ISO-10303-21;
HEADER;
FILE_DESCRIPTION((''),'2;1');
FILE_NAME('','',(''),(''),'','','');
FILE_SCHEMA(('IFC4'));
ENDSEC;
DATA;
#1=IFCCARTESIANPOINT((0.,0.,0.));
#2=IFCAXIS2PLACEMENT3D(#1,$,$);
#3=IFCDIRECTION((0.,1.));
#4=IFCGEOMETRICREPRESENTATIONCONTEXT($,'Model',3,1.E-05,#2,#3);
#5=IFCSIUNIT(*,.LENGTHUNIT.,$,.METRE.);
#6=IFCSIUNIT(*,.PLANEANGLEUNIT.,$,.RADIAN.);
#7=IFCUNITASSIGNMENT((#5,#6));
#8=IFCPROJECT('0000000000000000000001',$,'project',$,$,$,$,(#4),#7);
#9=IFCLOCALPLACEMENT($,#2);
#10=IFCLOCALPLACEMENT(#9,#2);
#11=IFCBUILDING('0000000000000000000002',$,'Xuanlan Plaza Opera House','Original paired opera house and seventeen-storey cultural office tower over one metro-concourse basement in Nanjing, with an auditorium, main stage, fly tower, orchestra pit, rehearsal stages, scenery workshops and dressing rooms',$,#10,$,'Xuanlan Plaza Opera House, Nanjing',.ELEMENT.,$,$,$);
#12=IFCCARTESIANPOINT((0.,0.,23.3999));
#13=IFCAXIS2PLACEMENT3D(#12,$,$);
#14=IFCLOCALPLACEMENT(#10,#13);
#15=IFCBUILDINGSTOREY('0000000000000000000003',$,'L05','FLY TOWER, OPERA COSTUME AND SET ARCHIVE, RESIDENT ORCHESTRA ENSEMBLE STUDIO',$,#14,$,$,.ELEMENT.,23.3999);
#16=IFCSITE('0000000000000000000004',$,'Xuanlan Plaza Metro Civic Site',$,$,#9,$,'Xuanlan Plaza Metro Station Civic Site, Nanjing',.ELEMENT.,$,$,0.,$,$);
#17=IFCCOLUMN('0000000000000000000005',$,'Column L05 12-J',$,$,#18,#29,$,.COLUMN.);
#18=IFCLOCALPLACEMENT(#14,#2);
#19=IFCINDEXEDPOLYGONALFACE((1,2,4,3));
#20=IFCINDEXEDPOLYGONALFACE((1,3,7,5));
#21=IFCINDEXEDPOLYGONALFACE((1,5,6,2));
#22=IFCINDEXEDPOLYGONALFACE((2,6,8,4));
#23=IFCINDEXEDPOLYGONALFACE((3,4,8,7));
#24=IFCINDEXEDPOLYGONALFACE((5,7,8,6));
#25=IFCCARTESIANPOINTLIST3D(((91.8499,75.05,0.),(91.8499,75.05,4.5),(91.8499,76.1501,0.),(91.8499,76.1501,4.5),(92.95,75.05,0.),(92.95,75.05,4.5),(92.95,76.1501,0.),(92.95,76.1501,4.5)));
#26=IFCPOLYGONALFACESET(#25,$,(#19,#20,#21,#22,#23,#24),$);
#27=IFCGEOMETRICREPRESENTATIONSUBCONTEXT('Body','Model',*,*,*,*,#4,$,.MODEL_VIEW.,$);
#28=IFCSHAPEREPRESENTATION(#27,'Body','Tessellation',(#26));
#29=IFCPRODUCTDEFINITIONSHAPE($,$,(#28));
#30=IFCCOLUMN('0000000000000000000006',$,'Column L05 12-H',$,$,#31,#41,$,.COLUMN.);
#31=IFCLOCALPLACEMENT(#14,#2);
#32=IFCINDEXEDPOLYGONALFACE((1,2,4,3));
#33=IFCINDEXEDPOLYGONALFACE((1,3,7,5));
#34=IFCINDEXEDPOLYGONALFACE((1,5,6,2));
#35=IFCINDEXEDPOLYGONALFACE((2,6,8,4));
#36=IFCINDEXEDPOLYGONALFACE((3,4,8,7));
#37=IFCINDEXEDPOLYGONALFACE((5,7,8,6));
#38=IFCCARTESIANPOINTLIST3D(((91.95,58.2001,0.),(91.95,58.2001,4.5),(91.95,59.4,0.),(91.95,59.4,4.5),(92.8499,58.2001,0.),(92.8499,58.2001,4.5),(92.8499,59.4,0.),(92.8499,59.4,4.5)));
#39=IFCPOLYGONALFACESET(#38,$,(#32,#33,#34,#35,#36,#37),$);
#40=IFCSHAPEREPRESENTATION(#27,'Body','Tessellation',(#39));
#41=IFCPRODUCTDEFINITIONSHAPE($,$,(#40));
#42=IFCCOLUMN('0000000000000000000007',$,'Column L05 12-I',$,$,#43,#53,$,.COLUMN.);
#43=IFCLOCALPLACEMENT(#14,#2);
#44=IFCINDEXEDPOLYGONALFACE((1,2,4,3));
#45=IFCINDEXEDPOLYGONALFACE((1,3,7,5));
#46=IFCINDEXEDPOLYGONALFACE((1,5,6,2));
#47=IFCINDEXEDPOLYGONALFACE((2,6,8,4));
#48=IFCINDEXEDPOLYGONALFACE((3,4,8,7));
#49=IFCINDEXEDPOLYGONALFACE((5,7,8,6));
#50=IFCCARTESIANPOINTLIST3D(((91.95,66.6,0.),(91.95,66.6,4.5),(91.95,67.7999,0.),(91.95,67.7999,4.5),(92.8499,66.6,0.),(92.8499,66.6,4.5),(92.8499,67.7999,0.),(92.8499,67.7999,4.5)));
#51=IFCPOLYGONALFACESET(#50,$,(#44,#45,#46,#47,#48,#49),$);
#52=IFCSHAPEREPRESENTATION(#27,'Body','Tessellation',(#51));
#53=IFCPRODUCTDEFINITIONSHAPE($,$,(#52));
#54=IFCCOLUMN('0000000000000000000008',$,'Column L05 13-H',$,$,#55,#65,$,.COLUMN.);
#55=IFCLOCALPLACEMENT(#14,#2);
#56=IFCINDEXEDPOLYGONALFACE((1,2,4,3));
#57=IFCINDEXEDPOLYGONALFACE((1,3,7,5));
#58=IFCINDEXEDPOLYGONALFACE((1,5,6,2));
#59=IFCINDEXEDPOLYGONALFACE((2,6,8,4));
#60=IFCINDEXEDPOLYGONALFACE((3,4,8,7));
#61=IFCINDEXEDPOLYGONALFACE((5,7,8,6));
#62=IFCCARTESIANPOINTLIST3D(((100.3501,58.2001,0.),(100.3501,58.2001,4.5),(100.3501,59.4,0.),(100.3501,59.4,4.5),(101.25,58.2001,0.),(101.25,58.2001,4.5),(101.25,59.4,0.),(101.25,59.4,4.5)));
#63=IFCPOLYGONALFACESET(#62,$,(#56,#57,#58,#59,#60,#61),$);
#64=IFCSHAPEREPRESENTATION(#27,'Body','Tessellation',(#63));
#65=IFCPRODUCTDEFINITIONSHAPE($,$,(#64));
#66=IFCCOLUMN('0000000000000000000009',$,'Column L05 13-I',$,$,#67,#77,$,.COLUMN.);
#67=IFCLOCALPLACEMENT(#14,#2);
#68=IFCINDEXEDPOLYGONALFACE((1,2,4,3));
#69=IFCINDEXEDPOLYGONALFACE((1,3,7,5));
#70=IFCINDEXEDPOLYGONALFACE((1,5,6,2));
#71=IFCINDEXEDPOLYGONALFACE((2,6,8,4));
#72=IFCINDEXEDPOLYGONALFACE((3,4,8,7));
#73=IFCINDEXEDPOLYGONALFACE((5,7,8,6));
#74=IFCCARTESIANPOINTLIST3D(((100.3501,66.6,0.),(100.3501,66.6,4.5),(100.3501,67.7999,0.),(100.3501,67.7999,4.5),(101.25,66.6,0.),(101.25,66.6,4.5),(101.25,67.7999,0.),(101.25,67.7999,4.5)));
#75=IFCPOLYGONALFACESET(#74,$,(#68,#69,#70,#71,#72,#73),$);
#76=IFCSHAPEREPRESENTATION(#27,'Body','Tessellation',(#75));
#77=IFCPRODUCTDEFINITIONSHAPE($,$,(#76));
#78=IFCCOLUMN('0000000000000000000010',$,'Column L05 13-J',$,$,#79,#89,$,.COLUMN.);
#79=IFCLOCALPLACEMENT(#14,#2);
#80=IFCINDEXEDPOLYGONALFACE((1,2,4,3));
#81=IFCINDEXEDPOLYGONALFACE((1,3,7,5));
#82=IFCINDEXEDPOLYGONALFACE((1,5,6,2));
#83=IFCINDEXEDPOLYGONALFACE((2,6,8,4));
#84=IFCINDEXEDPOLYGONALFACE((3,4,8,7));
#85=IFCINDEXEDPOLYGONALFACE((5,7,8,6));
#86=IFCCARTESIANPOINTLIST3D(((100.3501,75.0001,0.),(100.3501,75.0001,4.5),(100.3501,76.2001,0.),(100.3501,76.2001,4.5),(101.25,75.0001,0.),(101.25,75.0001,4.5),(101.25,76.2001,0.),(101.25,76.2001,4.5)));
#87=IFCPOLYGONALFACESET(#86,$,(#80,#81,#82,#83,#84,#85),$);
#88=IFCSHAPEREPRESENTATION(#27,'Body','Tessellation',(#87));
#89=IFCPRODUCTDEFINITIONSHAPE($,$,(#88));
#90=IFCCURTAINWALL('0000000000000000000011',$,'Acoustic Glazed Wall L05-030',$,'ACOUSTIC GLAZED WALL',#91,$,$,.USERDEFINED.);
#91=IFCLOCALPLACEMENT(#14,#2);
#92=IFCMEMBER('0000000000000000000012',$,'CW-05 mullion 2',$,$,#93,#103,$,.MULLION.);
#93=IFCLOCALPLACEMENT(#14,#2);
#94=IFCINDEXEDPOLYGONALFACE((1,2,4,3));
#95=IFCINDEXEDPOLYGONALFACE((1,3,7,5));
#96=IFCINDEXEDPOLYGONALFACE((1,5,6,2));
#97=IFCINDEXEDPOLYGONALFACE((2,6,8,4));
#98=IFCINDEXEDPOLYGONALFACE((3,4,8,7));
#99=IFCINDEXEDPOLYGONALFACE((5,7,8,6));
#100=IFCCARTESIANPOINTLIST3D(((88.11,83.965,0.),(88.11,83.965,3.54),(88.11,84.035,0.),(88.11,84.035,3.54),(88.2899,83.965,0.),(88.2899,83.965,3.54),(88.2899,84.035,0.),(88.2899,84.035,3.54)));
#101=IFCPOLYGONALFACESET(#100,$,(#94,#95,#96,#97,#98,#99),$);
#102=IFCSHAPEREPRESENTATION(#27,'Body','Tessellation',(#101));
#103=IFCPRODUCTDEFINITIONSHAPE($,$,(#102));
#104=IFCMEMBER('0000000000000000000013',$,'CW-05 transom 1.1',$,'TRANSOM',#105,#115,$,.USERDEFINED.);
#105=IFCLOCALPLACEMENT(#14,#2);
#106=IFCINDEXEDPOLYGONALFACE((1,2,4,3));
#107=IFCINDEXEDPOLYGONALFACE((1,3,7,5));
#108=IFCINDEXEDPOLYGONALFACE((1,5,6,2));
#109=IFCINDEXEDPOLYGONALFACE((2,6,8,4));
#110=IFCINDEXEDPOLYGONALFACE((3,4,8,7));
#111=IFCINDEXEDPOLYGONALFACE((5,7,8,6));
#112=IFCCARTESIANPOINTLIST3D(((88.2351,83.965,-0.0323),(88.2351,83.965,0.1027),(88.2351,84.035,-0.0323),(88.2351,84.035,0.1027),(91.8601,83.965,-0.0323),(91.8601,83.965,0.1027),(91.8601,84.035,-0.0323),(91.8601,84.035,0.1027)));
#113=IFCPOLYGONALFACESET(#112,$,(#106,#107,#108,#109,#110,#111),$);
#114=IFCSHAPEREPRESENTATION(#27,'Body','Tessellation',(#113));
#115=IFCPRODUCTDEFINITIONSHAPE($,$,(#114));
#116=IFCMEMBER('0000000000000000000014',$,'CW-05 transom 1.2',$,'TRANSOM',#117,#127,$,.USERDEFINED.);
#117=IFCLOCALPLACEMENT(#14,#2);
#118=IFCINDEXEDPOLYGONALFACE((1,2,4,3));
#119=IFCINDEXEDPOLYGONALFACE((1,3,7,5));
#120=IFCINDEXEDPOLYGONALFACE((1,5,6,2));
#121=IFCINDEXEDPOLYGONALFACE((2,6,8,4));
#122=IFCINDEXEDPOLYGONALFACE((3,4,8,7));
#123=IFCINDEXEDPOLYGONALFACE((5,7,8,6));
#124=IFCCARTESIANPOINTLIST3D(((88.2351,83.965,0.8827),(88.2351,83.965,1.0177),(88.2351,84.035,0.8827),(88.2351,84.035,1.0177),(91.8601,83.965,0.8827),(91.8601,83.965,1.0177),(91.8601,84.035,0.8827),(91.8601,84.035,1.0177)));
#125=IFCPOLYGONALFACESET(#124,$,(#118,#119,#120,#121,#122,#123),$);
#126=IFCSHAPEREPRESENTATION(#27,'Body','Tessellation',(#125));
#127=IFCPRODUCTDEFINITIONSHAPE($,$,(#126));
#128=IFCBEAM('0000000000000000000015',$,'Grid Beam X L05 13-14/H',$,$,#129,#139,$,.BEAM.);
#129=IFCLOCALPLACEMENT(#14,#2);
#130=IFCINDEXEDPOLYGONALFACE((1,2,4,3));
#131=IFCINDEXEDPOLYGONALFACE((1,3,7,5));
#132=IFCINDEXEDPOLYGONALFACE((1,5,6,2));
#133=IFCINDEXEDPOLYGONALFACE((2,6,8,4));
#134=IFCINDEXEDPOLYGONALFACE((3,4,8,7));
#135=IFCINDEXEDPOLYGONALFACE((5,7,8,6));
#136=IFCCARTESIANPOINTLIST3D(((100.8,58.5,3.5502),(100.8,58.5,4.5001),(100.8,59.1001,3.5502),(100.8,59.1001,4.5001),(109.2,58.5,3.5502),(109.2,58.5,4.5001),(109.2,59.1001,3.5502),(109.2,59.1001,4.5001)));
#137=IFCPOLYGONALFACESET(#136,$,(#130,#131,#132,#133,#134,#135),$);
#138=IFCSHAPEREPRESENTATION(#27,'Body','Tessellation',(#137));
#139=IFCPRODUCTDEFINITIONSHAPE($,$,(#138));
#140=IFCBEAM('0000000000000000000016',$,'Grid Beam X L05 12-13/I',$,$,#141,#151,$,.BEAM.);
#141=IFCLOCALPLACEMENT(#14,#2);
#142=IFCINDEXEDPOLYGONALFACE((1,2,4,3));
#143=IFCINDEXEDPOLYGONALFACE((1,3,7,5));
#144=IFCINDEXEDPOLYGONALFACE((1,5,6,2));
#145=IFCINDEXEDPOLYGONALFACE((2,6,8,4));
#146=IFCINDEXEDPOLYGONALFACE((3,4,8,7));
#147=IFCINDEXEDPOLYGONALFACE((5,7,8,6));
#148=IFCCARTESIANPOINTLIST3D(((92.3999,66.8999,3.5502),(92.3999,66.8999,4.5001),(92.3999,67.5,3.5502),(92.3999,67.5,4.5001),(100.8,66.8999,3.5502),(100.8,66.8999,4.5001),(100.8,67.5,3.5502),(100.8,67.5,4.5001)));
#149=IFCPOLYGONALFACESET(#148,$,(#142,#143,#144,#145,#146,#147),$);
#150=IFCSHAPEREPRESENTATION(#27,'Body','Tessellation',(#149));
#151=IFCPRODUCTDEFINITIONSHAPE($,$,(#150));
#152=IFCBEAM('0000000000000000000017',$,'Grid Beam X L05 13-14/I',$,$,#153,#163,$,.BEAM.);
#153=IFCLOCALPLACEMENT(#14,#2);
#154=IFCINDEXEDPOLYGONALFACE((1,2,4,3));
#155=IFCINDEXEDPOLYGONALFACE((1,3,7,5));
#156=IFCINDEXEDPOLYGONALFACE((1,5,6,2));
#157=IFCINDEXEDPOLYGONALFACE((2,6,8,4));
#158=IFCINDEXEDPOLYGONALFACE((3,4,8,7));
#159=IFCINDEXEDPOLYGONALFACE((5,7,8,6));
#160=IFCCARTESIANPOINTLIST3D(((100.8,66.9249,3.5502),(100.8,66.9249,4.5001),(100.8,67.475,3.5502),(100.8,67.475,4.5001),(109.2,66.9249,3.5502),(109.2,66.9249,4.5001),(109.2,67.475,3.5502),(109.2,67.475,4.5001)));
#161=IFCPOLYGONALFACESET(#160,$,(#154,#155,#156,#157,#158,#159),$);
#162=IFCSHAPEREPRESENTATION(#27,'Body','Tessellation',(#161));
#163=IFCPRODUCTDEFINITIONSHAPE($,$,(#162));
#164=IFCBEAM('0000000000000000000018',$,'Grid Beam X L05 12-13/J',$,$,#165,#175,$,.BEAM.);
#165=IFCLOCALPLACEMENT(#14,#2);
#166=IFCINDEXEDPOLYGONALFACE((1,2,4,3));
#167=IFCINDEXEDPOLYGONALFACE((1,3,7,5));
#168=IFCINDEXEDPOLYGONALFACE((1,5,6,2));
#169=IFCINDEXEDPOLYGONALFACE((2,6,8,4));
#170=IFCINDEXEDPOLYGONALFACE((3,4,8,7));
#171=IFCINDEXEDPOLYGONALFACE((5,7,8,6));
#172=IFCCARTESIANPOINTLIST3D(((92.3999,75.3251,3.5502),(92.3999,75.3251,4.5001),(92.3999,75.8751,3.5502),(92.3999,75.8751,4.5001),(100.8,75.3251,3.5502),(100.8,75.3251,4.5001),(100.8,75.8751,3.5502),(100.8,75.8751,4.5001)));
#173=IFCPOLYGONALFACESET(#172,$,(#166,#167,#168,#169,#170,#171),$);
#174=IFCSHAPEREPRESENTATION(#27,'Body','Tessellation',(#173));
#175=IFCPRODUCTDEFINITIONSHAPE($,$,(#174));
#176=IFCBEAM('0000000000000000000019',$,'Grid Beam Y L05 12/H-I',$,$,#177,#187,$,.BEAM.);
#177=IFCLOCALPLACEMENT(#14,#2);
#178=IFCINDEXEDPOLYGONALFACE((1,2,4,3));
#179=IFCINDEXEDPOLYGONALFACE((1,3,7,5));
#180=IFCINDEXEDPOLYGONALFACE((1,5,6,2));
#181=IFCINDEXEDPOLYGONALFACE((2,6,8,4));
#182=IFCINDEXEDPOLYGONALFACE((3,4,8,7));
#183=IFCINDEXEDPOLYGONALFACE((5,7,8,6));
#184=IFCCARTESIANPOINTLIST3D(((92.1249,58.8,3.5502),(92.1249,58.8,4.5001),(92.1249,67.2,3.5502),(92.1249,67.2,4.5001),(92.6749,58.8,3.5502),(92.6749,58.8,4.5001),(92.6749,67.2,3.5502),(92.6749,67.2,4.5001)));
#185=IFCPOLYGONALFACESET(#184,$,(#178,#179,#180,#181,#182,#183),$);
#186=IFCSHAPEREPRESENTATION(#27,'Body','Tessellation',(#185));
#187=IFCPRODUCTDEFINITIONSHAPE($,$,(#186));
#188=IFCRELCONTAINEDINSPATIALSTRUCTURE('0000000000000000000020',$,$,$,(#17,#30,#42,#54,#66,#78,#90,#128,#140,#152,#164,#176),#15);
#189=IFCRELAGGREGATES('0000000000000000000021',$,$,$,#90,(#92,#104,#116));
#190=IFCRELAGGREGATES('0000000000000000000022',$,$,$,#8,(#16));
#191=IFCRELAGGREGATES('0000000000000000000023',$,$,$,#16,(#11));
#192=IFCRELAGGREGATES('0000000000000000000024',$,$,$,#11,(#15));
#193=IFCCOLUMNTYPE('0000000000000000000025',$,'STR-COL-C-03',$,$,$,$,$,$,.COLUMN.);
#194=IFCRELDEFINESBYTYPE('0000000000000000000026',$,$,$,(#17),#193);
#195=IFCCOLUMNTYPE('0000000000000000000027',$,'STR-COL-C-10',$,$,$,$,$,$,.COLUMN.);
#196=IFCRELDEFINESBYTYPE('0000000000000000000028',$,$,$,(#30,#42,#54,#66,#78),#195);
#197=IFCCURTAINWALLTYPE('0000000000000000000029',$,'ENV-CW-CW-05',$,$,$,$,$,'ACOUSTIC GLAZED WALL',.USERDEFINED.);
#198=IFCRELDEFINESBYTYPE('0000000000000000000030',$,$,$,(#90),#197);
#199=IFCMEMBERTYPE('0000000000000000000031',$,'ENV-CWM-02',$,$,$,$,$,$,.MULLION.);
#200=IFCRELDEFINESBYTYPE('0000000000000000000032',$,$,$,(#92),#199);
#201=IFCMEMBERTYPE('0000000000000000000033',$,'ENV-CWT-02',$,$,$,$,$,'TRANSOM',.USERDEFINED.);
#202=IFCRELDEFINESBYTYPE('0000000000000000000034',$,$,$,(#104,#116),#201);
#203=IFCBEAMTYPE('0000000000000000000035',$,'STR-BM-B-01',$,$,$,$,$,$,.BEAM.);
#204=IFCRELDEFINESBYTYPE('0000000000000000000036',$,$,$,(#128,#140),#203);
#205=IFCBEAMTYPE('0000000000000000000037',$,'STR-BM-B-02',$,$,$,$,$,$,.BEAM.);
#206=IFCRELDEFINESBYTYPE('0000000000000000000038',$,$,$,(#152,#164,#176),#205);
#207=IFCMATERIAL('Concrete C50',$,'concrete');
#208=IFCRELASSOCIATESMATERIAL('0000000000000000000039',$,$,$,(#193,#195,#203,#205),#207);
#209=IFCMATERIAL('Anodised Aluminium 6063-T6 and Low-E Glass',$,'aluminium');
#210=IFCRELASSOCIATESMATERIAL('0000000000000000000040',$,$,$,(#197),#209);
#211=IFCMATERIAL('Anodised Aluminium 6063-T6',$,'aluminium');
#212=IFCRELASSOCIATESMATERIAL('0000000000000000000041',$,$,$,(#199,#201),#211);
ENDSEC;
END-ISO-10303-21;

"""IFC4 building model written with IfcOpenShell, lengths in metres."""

from ifc_helpers import new_model, si_unit, direction, frame, origin, origin_2d, place, context, subcontext, project, spatial, rectangle, extrude, material, material_profile, profile_set, type_object, element, aggregate, save


model = new_model("IFC4")

# Units and contexts
model_context = context("Model", 3, precision=1e-05, world=origin(), true_north=direction((0.0, 1.0)))
body_context = subcontext(model_context, "Body", "Model", "MODEL_VIEW")
ifc_project = project(units=[si_unit("LENGTHUNIT", "METRE"), si_unit("PLANEANGLEUNIT", "RADIAN")], contexts=[model_context])

# Site, building, storey
site_placement = place(None, origin())
site = spatial("IfcSite", under=ifc_project, at=site_placement, Name="Xuanlan Plaza Metro Civic Site", LongName="Xuanlan Plaza Metro Station Civic Site, Nanjing", CompositionType="ELEMENT", RefElevation=0.0)
building_placement = place(site_placement, origin())
building = spatial("IfcBuilding", under=site, at=building_placement, Name="Xuanlan Plaza Opera House", Description="Original paired opera house and seventeen-storey cultural office tower over one metro-concourse basement in Nanjing, with an auditorium, main stage, fly tower, orchestra pit, rehearsal stages, scenery workshops and dressing rooms", LongName="Xuanlan Plaza Opera House, Nanjing", CompositionType="ELEMENT")
storey_placement = place(building_placement, frame((0.0, 0.0, 23.3999)))
storey = spatial("IfcBuildingStorey", under=building, at=storey_placement, Name="L05", Description="FLY TOWER, OPERA COSTUME AND SET ARCHIVE, RESIDENT ORCHESTRA ENSEMBLE STUDIO", CompositionType="ELEMENT", Elevation=23.3999)

# Columns
ifc_material_1 = material(Name="Concrete C50", Category="concrete")
ifc_material_profile_1 = material_profile(ifc_material_1, rectangle(XDim=1.1001, YDim=1.1001, at=origin_2d()), Name="RC-COL 1100x1100")
ifc_profile_set_1 = profile_set([ifc_material_profile_1], Name="Concrete C50")
column_type_1 = type_object("IfcColumnType", Name="STR-COL-C-03", PredefinedType="COLUMN", material=ifc_profile_set_1)
column_placement = place(storey_placement, frame((92.3999, 75.6001, 0.0), z_axis=(0.0, 0.0, 1.0), x_axis=(1.0, 0.0, 0.0)))
element("IfcColumn", 1, at=column_placement, inside=storey, type_object=column_type_1, Name="Column L05 12-J", PredefinedType="COLUMN", context=body_context, shape_type="SweptSolid", body=[
    extrude(rectangle(XDim=1.1001, YDim=1.1001, at=origin_2d()), origin(), (0.0, 0.0, 1.0), 4.5),
])
ifc_material_profile_2 = material_profile(ifc_material_1, rectangle(XDim=0.8999, YDim=1.2, at=origin_2d()), Name="RC-COL 900x1200")
ifc_profile_set_2 = profile_set([ifc_material_profile_2], Name="Concrete C50")
column_type_2 = type_object("IfcColumnType", Name="STR-COL-C-10", PredefinedType="COLUMN", material=ifc_profile_set_2)
for number, where, z_axis, x_axis, name in (
    (2, (92.3999, 58.8, 0.0), (0.0, 0.0, 1.0), (1.0, 0.0, 0.0), "Column L05 12-H"),
    (3, (92.3999, 67.2, 0.0), (0.0, 0.0, 1.0), (1.0, 0.0, 0.0), "Column L05 12-I"),
    (4, (100.8, 58.8, 0.0), (0.0, 0.0, 1.0), (1.0, 0.0, 0.0), "Column L05 13-H"),
    (5, (100.8, 67.2, 0.0), (0.0, 0.0, 1.0), (1.0, 0.0, 0.0), "Column L05 13-I"),
    (6, (100.8, 75.6001, 0.0), (0.0, 0.0, 1.0), (1.0, 0.0, 0.0), "Column L05 13-J"),
):
    element("IfcColumn", number, at=place(storey_placement, frame(where, z_axis=z_axis, x_axis=x_axis)), inside=storey, type_object=column_type_2, Name=name, PredefinedType="COLUMN", context=body_context, shape_type="SweptSolid", body=[
        extrude(rectangle(XDim=0.8999, YDim=1.2, at=origin_2d()), origin(), (0.0, 0.0, 1.0), 4.5),
    ])

# Curtain wall, members
ifc_material_2 = material(Name="Anodised Aluminium 6063-T6 and Low-E Glass", Category="aluminium")
curtain_wall_type = type_object("IfcCurtainWallType", Name="ENV-CW-CW-05", ElementType="ACOUSTIC GLAZED WALL", PredefinedType="USERDEFINED", material=ifc_material_2)
curtain_wall_placement = place(storey_placement, origin())
curtain_wall = element("IfcCurtainWall", 7, at=curtain_wall_placement, inside=storey, type_object=curtain_wall_type, Name="Acoustic Glazed Wall L05-030", ObjectType="ACOUSTIC GLAZED WALL", PredefinedType="USERDEFINED")
ifc_material_3 = material(Name="Anodised Aluminium 6063-T6", Category="aluminium")
ifc_material_profile_3 = material_profile(ifc_material_3, rectangle(XDim=0.0701, YDim=0.1799, at=origin_2d()), Name="ALU-M 70x180")
ifc_profile_set_3 = profile_set([ifc_material_profile_3], Name="Anodised Aluminium 6063-T6")
member_type_1 = type_object("IfcMemberType", Name="ENV-CWM-02", PredefinedType="MULLION", material=ifc_profile_set_3)
member_1_placement = place(storey_placement, frame((88.2, 84.0, 0.0), z_axis=(0.0, 0.0, 1.0), x_axis=(0.0, -1.0, 0.0)))
member_1 = element("IfcMember", 8, at=member_1_placement, type_object=member_type_1, Name="CW-05 mullion 2", PredefinedType="MULLION", context=body_context, shape_type="SweptSolid", body=[
    extrude(rectangle(XDim=0.0701, YDim=0.1799, at=origin_2d()), origin(), (0.0, 0.0, 1.0), 3.54),
])
ifc_material_profile_4 = material_profile(ifc_material_3, rectangle(XDim=0.0701, YDim=0.135, at=origin_2d()), Name="ALU-T 70x135")
ifc_profile_set_4 = profile_set([ifc_material_profile_4], Name="Anodised Aluminium 6063-T6")
member_type_2 = type_object("IfcMemberType", Name="ENV-CWT-02", ElementType="TRANSOM", PredefinedType="USERDEFINED", material=ifc_profile_set_4)
member_2_placement = place(storey_placement, frame((91.8601, 84.0, 0.0352), z_axis=(-1.0, 0.0, 0.0), x_axis=(0.0, -1.0, 0.0)))
member_2 = element("IfcMember", 9, at=member_2_placement, type_object=member_type_2, Name="CW-05 transom 1.1", ObjectType="TRANSOM", PredefinedType="USERDEFINED", context=body_context, shape_type="SweptSolid", body=[
    extrude(rectangle(XDim=0.0701, YDim=0.135, at=origin_2d()), origin(), (0.0, 0.0, 1.0), 3.625),
])
member_3_placement = place(storey_placement, frame((91.8601, 84.0, 0.9502), z_axis=(-1.0, 0.0, 0.0), x_axis=(0.0, -1.0, 0.0)))
member_3 = element("IfcMember", 10, at=member_3_placement, type_object=member_type_2, Name="CW-05 transom 1.2", ObjectType="TRANSOM", PredefinedType="USERDEFINED", context=body_context, shape_type="SweptSolid", body=[
    extrude(rectangle(XDim=0.0701, YDim=0.135, at=origin_2d()), origin(), (0.0, 0.0, 1.0), 3.625),
])

# Beams
ifc_material_profile_5 = material_profile(ifc_material_1, rectangle(XDim=0.6001, YDim=0.95, at=origin_2d()), Name="RC-BM 600x950")
ifc_profile_set_5 = profile_set([ifc_material_profile_5], Name="Concrete C50")
beam_type_1 = type_object("IfcBeamType", Name="STR-BM-B-01", PredefinedType="BEAM", material=ifc_profile_set_5)
beam_1_placement = place(storey_placement, frame((100.8, 58.8, 4.0251), z_axis=(1.0, 0.0, 0.0), x_axis=(0.0, 1.0, 0.0)))
element("IfcBeam", 11, at=beam_1_placement, inside=storey, type_object=beam_type_1, Name="Grid Beam X L05 13-14/H", PredefinedType="BEAM", context=body_context, shape_type="SweptSolid", body=[
    extrude(rectangle(XDim=0.6001, YDim=0.95, at=origin_2d()), origin(), (0.0, 0.0, 1.0), 8.3999),
])
beam_2_placement = place(storey_placement, frame((92.3999, 67.2, 4.0251), z_axis=(1.0, 0.0, 0.0), x_axis=(0.0, 1.0, 0.0)))
element("IfcBeam", 12, at=beam_2_placement, inside=storey, type_object=beam_type_1, Name="Grid Beam X L05 12-13/I", PredefinedType="BEAM", context=body_context, shape_type="SweptSolid", body=[
    extrude(rectangle(XDim=0.6001, YDim=0.95, at=origin_2d()), origin(), (0.0, 0.0, 1.0), 8.4001),
])
ifc_material_profile_6 = material_profile(ifc_material_1, rectangle(XDim=0.55, YDim=0.95, at=origin_2d()), Name="RC-BM 550x950")
ifc_profile_set_6 = profile_set([ifc_material_profile_6], Name="Concrete C50")
beam_type_2 = type_object("IfcBeamType", Name="STR-BM-B-02", PredefinedType="BEAM", material=ifc_profile_set_6)
beam_3_placement = place(storey_placement, frame((100.8, 67.2, 4.0251), z_axis=(1.0, 0.0, 0.0), x_axis=(0.0, 1.0, 0.0)))
element("IfcBeam", 13, at=beam_3_placement, inside=storey, type_object=beam_type_2, Name="Grid Beam X L05 13-14/I", PredefinedType="BEAM", context=body_context, shape_type="SweptSolid", body=[
    extrude(rectangle(XDim=0.55, YDim=0.95, at=origin_2d()), origin(), (0.0, 0.0, 1.0), 8.3999),
])
beam_4_placement = place(storey_placement, frame((92.3999, 75.6001, 4.0251), z_axis=(1.0, 0.0, 0.0), x_axis=(0.0, 1.0, 0.0)))
element("IfcBeam", 14, at=beam_4_placement, inside=storey, type_object=beam_type_2, Name="Grid Beam X L05 12-13/J", PredefinedType="BEAM", context=body_context, shape_type="SweptSolid", body=[
    extrude(rectangle(XDim=0.55, YDim=0.95, at=origin_2d()), origin(), (0.0, 0.0, 1.0), 8.4001),
])
beam_5_placement = place(storey_placement, frame((92.3999, 58.8, 4.0251), z_axis=(0.0, 1.0, 0.0), x_axis=(-1.0, 0.0, 0.0)))
element("IfcBeam", 15, at=beam_5_placement, inside=storey, type_object=beam_type_2, Name="Grid Beam Y L05 12/H-I", PredefinedType="BEAM", context=body_context, shape_type="SweptSolid", body=[
    extrude(rectangle(XDim=0.55, YDim=0.95, at=origin_2d()), origin(), (0.0, 0.0, 1.0), 8.3999),
])

aggregate(curtain_wall, [member_1, member_2, member_3])

save(model, "model.ifc")
